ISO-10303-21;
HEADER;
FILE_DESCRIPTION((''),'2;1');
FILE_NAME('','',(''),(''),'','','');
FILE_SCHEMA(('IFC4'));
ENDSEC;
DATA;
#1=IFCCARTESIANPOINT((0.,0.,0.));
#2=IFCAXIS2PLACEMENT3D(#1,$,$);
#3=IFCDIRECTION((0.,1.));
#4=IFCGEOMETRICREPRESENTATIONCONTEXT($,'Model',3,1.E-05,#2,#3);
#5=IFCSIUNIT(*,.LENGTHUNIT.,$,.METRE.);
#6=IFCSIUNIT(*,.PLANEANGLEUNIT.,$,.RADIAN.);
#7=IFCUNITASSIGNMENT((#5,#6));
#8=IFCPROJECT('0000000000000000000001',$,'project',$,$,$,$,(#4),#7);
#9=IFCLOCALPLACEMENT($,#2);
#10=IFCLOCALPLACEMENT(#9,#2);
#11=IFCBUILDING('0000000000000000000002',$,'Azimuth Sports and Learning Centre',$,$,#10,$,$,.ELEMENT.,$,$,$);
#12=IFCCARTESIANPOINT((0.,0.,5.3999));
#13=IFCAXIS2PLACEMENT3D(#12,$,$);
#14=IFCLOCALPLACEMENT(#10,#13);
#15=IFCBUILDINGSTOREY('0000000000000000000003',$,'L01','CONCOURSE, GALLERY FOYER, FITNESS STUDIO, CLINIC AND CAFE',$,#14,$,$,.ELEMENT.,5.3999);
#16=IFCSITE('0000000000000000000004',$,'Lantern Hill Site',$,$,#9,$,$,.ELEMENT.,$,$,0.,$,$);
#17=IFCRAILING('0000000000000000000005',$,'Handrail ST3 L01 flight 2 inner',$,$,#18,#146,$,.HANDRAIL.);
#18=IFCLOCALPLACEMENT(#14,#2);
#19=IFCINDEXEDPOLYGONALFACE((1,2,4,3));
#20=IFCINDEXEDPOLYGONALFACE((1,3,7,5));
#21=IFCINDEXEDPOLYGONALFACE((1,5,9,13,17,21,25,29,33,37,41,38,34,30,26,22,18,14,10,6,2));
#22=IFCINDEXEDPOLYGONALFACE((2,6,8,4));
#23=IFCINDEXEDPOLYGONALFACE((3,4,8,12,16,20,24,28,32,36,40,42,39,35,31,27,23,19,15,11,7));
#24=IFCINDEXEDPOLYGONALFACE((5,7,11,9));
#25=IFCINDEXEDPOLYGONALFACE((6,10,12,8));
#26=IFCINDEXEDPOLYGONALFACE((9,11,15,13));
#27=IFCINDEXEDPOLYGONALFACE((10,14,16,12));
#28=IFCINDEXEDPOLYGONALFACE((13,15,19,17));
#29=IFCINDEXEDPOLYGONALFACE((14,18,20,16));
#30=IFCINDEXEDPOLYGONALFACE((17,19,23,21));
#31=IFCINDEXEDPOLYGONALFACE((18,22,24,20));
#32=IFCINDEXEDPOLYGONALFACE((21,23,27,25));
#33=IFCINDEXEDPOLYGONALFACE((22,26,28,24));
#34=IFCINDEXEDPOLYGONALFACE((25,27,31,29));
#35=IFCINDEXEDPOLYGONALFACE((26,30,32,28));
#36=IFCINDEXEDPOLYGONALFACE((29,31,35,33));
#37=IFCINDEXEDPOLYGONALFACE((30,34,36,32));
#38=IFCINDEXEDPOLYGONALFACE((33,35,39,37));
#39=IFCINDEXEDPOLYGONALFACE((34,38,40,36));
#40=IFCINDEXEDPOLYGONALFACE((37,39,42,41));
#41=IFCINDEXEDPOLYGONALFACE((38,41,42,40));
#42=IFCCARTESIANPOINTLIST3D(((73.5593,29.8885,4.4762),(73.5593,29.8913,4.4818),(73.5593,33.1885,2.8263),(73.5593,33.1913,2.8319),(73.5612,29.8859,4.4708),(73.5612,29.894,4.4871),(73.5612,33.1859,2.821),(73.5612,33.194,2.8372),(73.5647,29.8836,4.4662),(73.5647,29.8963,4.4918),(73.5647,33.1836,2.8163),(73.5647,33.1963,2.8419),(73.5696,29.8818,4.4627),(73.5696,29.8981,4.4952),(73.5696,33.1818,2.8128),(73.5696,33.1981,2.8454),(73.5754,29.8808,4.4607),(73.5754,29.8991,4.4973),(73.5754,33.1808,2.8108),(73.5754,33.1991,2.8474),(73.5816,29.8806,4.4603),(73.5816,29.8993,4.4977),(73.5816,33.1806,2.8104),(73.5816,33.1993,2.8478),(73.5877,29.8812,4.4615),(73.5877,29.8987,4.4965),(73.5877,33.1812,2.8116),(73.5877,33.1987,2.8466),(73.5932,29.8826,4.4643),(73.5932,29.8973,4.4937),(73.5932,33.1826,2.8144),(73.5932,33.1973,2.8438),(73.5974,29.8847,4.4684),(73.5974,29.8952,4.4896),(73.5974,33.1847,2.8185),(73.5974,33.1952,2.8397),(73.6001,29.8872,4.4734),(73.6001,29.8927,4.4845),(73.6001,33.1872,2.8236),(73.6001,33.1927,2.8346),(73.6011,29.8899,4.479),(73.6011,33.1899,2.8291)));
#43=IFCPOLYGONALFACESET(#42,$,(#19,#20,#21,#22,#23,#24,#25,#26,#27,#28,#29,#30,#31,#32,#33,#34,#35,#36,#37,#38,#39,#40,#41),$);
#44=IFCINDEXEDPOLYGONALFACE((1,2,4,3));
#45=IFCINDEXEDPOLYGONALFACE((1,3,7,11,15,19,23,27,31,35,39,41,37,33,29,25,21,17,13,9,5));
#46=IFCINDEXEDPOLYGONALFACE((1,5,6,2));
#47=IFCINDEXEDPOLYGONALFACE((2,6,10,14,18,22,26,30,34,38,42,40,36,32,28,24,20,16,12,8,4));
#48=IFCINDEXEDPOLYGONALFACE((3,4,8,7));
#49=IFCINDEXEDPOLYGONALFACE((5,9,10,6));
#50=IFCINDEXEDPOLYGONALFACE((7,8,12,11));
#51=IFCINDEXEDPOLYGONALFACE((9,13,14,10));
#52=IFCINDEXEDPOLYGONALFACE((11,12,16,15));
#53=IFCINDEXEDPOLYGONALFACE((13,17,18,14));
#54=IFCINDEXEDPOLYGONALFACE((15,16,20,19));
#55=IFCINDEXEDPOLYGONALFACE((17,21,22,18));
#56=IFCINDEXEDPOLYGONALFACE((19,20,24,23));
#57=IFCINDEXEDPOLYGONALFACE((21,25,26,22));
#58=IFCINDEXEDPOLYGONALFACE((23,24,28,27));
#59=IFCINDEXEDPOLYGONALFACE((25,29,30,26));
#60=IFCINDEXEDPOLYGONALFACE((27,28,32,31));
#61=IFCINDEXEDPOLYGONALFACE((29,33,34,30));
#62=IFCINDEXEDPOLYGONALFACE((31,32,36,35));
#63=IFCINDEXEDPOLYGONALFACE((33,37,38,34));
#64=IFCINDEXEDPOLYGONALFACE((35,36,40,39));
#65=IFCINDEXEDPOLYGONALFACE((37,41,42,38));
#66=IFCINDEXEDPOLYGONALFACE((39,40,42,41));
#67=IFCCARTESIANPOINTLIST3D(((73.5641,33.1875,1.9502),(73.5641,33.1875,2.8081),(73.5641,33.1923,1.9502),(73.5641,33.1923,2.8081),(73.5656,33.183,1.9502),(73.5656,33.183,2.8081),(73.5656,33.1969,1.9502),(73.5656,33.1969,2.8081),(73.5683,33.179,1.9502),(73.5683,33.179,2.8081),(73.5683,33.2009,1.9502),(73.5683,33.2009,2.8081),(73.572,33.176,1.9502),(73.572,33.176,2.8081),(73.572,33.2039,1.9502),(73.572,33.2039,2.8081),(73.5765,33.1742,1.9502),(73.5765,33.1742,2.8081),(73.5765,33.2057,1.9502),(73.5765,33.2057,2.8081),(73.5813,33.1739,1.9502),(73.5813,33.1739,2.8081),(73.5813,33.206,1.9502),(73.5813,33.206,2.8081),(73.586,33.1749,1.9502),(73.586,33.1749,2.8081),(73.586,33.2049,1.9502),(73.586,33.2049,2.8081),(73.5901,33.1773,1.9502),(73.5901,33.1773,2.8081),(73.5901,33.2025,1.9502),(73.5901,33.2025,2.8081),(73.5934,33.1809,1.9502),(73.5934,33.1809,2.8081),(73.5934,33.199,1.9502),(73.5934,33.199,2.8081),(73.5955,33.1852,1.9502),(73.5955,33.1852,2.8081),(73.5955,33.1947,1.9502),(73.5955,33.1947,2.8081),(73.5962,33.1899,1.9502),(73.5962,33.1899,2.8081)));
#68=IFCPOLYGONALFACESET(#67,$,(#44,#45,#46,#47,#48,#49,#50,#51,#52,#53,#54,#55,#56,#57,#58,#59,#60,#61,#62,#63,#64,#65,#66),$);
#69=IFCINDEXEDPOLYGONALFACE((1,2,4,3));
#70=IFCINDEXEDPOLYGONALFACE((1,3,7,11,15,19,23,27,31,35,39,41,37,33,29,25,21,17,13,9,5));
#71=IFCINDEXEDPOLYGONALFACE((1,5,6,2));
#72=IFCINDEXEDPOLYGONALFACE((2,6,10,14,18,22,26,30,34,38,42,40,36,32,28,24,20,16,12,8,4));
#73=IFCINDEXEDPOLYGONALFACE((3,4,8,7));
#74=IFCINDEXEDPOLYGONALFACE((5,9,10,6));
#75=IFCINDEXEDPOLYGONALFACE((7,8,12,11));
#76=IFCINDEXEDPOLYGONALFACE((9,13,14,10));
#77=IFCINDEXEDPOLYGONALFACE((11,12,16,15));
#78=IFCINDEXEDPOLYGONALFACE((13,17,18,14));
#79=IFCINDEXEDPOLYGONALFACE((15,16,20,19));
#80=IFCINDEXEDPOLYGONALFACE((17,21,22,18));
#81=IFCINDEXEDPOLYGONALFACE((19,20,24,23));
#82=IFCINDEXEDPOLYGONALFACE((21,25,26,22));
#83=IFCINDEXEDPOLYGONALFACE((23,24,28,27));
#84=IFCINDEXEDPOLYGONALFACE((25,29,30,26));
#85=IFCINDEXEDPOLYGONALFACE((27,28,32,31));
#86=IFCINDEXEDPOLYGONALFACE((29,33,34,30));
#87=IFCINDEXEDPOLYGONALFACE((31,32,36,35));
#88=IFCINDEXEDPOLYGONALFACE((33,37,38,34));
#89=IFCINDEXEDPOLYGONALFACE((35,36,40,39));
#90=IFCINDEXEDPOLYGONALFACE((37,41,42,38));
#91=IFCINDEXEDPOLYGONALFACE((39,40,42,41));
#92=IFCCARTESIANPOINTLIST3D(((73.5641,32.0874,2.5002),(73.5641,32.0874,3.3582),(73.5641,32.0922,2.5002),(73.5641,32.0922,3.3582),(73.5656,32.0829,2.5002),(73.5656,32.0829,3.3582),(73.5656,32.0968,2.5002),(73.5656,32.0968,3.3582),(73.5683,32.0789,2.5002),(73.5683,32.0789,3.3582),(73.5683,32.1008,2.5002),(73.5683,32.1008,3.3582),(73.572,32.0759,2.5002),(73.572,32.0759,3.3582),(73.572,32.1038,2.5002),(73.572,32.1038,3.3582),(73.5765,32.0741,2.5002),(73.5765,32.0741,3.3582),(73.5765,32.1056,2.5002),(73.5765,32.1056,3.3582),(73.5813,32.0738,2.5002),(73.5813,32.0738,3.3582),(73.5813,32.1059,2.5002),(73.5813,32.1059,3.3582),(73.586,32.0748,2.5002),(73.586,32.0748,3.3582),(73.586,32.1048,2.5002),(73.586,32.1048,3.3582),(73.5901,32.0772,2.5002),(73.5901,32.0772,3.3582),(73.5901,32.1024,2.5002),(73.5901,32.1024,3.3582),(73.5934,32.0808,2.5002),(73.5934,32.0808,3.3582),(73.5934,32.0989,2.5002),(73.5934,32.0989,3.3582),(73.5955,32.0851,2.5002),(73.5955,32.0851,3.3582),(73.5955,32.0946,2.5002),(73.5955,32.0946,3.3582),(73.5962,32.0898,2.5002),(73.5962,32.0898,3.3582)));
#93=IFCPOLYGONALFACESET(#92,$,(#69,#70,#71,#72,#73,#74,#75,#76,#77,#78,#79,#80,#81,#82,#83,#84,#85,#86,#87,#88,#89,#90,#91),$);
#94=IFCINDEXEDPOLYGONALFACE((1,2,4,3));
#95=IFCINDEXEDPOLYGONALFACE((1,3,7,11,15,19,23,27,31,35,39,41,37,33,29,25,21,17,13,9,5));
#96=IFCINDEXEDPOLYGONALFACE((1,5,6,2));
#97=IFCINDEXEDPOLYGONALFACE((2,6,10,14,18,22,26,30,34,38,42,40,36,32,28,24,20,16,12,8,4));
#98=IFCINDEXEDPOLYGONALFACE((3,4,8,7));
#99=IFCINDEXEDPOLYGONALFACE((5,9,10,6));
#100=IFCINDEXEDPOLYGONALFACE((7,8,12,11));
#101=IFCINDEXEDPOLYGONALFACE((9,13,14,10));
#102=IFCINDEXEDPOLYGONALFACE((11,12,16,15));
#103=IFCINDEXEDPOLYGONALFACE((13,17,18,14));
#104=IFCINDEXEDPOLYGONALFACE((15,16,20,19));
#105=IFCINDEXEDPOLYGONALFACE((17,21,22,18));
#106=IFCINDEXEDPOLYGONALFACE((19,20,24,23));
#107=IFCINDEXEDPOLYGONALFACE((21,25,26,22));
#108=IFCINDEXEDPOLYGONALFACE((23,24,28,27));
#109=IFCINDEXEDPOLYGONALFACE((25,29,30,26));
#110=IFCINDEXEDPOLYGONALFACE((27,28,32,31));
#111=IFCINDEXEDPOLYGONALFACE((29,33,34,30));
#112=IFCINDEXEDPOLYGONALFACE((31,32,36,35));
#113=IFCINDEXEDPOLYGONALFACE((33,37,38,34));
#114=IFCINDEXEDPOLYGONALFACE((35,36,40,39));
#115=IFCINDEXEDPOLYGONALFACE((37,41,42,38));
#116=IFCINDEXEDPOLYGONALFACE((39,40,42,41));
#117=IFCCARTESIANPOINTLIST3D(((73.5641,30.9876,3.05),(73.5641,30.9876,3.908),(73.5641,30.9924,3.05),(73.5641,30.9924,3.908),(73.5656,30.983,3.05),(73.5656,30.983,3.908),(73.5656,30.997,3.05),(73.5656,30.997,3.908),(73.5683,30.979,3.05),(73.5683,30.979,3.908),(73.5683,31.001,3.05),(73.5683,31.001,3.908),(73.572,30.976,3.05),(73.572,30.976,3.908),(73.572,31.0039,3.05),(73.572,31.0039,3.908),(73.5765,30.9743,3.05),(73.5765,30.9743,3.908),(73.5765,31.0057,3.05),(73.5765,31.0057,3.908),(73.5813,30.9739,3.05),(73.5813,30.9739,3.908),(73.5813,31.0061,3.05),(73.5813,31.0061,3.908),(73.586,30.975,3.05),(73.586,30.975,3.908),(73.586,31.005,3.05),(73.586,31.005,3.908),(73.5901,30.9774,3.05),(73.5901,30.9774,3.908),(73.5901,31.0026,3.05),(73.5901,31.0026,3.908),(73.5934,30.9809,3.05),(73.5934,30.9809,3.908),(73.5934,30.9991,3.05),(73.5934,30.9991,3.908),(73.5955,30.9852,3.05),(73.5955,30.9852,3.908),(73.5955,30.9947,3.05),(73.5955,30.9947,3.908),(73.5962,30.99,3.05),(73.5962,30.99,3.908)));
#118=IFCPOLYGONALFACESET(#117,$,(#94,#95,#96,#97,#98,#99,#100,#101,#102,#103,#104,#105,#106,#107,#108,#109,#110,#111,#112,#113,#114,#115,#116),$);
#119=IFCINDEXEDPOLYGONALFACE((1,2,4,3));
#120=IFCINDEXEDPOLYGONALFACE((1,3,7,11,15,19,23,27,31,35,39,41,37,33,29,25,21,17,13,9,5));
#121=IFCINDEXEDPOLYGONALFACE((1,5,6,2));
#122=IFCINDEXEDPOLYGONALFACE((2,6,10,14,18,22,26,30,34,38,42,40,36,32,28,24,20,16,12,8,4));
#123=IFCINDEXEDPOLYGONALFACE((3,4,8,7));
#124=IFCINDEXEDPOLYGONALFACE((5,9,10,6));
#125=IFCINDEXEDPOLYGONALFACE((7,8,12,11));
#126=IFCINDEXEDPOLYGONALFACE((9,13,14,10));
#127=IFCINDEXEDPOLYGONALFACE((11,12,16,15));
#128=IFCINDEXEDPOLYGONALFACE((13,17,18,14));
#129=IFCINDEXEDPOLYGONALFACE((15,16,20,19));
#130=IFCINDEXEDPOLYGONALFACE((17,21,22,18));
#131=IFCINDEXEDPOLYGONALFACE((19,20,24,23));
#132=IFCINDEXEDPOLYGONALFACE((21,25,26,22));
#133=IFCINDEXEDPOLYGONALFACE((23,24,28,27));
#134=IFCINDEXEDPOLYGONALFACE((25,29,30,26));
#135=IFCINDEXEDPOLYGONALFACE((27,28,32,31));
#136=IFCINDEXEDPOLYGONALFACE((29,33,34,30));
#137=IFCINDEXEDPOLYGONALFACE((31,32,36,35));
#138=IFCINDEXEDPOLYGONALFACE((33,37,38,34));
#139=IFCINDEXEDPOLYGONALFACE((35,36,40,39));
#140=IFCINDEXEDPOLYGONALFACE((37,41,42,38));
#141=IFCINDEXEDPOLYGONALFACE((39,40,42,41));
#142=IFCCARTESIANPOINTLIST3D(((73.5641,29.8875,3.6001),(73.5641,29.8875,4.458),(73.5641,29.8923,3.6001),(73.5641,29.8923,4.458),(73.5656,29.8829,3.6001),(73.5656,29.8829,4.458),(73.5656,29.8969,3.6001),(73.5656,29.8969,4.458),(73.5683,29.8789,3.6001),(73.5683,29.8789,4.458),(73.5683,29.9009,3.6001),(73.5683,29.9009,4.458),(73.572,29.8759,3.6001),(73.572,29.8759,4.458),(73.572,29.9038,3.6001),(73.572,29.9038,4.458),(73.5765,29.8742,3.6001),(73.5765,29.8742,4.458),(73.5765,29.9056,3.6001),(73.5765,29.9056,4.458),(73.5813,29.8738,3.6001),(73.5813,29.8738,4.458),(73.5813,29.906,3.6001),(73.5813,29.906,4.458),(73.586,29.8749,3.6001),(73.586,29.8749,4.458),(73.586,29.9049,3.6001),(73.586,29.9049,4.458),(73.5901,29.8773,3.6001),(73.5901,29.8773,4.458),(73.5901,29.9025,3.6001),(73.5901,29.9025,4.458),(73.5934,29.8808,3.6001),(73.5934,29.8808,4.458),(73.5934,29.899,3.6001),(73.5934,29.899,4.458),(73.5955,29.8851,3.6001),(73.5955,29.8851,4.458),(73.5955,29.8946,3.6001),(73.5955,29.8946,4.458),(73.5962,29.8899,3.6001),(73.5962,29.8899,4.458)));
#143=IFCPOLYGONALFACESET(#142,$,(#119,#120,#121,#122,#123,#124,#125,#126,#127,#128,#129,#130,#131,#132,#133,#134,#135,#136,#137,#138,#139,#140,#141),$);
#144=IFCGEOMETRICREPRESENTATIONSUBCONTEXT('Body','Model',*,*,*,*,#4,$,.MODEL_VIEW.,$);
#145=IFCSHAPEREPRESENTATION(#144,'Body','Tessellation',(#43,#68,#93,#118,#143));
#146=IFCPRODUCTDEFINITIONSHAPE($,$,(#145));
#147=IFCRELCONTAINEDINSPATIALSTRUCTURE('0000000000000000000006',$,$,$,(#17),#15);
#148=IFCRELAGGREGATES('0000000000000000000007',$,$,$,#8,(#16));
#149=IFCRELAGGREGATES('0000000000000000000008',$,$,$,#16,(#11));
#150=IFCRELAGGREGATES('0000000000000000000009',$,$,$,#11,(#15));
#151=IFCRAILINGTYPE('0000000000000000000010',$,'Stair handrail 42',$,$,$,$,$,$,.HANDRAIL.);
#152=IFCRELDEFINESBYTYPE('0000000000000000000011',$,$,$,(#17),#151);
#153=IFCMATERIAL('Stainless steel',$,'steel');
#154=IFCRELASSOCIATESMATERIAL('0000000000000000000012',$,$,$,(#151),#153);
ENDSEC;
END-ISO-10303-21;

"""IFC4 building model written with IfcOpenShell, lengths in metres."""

from ifc_helpers import new_model, si_unit, direction, frame, origin, origin_2d, place, context, subcontext, project, spatial, circle, extrude, material, type_object, element, save


model = new_model("IFC4")

# Units and contexts
model_context = context("Model", 3, precision=1e-05, world=origin(), true_north=direction((0.0, 1.0)))
body_context = subcontext(model_context, "Body", "Model", "MODEL_VIEW")
ifc_project = project(units=[si_unit("LENGTHUNIT", "METRE"), si_unit("PLANEANGLEUNIT", "RADIAN")], contexts=[model_context])

# Site, building, storey
site_placement = place(None, origin())
site = spatial("IfcSite", under=ifc_project, at=site_placement, Name="Lantern Hill Site", CompositionType="ELEMENT", RefElevation=0.0)
building_placement = place(site_placement, origin())
building = spatial("IfcBuilding", under=site, at=building_placement, Name="Azimuth Sports and Learning Centre", CompositionType="ELEMENT")
storey_placement = place(building_placement, frame((0.0, 0.0, 5.3999)))
storey = spatial("IfcBuildingStorey", under=building, at=storey_placement, Name="L01", Description="CONCOURSE, GALLERY FOYER, FITNESS STUDIO, CLINIC AND CAFE", CompositionType="ELEMENT", Elevation=5.3999)

# Railing
ifc_material_1 = material(Name="Stainless steel", Category="steel")
railing_type_1 = type_object("IfcRailingType", Name="Stair handrail 42", PredefinedType="HANDRAIL", material=ifc_material_1)
for number, where, name in (
    (1, (73.5801, 33.1899, 1.9502), "Handrail ST3 L01 flight 2 inner"),
):
    element("IfcRailing", number, at=place(storey_placement, frame(where)), inside=storey, type_object=railing_type_1, Name=name, PredefinedType="HANDRAIL", context=body_context, shape_type="SweptSolid", body=[
        extrude(circle(Radius=0.021, at=origin_2d()), frame((0.0, 0.0, 0.8789), z_axis=(0.0, -0.89444, 0.447187), x_axis=(1.0, 0.0, 0.0)), (0.0, 0.0, 1.0), 3.6895),
        extrude(circle(Radius=0.0161, at=origin_2d()), origin(), (0.0, 0.0, 1.0), 0.8579),
        extrude(circle(Radius=0.0161, at=origin_2d()), frame((0.0, -1.1001, 0.55)), (0.0, 0.0, 1.0), 0.8579),
        extrude(circle(Radius=0.0161, at=origin_2d()), frame((0.0, -2.2, 1.0999)), (0.0, 0.0, 1.0), 0.8579),
        extrude(circle(Radius=0.0161, at=origin_2d()), frame((0.0, -3.3, 1.6499)), (0.0, 0.0, 1.0), 0.8579),
    ])

save(model, "model.ifc")
